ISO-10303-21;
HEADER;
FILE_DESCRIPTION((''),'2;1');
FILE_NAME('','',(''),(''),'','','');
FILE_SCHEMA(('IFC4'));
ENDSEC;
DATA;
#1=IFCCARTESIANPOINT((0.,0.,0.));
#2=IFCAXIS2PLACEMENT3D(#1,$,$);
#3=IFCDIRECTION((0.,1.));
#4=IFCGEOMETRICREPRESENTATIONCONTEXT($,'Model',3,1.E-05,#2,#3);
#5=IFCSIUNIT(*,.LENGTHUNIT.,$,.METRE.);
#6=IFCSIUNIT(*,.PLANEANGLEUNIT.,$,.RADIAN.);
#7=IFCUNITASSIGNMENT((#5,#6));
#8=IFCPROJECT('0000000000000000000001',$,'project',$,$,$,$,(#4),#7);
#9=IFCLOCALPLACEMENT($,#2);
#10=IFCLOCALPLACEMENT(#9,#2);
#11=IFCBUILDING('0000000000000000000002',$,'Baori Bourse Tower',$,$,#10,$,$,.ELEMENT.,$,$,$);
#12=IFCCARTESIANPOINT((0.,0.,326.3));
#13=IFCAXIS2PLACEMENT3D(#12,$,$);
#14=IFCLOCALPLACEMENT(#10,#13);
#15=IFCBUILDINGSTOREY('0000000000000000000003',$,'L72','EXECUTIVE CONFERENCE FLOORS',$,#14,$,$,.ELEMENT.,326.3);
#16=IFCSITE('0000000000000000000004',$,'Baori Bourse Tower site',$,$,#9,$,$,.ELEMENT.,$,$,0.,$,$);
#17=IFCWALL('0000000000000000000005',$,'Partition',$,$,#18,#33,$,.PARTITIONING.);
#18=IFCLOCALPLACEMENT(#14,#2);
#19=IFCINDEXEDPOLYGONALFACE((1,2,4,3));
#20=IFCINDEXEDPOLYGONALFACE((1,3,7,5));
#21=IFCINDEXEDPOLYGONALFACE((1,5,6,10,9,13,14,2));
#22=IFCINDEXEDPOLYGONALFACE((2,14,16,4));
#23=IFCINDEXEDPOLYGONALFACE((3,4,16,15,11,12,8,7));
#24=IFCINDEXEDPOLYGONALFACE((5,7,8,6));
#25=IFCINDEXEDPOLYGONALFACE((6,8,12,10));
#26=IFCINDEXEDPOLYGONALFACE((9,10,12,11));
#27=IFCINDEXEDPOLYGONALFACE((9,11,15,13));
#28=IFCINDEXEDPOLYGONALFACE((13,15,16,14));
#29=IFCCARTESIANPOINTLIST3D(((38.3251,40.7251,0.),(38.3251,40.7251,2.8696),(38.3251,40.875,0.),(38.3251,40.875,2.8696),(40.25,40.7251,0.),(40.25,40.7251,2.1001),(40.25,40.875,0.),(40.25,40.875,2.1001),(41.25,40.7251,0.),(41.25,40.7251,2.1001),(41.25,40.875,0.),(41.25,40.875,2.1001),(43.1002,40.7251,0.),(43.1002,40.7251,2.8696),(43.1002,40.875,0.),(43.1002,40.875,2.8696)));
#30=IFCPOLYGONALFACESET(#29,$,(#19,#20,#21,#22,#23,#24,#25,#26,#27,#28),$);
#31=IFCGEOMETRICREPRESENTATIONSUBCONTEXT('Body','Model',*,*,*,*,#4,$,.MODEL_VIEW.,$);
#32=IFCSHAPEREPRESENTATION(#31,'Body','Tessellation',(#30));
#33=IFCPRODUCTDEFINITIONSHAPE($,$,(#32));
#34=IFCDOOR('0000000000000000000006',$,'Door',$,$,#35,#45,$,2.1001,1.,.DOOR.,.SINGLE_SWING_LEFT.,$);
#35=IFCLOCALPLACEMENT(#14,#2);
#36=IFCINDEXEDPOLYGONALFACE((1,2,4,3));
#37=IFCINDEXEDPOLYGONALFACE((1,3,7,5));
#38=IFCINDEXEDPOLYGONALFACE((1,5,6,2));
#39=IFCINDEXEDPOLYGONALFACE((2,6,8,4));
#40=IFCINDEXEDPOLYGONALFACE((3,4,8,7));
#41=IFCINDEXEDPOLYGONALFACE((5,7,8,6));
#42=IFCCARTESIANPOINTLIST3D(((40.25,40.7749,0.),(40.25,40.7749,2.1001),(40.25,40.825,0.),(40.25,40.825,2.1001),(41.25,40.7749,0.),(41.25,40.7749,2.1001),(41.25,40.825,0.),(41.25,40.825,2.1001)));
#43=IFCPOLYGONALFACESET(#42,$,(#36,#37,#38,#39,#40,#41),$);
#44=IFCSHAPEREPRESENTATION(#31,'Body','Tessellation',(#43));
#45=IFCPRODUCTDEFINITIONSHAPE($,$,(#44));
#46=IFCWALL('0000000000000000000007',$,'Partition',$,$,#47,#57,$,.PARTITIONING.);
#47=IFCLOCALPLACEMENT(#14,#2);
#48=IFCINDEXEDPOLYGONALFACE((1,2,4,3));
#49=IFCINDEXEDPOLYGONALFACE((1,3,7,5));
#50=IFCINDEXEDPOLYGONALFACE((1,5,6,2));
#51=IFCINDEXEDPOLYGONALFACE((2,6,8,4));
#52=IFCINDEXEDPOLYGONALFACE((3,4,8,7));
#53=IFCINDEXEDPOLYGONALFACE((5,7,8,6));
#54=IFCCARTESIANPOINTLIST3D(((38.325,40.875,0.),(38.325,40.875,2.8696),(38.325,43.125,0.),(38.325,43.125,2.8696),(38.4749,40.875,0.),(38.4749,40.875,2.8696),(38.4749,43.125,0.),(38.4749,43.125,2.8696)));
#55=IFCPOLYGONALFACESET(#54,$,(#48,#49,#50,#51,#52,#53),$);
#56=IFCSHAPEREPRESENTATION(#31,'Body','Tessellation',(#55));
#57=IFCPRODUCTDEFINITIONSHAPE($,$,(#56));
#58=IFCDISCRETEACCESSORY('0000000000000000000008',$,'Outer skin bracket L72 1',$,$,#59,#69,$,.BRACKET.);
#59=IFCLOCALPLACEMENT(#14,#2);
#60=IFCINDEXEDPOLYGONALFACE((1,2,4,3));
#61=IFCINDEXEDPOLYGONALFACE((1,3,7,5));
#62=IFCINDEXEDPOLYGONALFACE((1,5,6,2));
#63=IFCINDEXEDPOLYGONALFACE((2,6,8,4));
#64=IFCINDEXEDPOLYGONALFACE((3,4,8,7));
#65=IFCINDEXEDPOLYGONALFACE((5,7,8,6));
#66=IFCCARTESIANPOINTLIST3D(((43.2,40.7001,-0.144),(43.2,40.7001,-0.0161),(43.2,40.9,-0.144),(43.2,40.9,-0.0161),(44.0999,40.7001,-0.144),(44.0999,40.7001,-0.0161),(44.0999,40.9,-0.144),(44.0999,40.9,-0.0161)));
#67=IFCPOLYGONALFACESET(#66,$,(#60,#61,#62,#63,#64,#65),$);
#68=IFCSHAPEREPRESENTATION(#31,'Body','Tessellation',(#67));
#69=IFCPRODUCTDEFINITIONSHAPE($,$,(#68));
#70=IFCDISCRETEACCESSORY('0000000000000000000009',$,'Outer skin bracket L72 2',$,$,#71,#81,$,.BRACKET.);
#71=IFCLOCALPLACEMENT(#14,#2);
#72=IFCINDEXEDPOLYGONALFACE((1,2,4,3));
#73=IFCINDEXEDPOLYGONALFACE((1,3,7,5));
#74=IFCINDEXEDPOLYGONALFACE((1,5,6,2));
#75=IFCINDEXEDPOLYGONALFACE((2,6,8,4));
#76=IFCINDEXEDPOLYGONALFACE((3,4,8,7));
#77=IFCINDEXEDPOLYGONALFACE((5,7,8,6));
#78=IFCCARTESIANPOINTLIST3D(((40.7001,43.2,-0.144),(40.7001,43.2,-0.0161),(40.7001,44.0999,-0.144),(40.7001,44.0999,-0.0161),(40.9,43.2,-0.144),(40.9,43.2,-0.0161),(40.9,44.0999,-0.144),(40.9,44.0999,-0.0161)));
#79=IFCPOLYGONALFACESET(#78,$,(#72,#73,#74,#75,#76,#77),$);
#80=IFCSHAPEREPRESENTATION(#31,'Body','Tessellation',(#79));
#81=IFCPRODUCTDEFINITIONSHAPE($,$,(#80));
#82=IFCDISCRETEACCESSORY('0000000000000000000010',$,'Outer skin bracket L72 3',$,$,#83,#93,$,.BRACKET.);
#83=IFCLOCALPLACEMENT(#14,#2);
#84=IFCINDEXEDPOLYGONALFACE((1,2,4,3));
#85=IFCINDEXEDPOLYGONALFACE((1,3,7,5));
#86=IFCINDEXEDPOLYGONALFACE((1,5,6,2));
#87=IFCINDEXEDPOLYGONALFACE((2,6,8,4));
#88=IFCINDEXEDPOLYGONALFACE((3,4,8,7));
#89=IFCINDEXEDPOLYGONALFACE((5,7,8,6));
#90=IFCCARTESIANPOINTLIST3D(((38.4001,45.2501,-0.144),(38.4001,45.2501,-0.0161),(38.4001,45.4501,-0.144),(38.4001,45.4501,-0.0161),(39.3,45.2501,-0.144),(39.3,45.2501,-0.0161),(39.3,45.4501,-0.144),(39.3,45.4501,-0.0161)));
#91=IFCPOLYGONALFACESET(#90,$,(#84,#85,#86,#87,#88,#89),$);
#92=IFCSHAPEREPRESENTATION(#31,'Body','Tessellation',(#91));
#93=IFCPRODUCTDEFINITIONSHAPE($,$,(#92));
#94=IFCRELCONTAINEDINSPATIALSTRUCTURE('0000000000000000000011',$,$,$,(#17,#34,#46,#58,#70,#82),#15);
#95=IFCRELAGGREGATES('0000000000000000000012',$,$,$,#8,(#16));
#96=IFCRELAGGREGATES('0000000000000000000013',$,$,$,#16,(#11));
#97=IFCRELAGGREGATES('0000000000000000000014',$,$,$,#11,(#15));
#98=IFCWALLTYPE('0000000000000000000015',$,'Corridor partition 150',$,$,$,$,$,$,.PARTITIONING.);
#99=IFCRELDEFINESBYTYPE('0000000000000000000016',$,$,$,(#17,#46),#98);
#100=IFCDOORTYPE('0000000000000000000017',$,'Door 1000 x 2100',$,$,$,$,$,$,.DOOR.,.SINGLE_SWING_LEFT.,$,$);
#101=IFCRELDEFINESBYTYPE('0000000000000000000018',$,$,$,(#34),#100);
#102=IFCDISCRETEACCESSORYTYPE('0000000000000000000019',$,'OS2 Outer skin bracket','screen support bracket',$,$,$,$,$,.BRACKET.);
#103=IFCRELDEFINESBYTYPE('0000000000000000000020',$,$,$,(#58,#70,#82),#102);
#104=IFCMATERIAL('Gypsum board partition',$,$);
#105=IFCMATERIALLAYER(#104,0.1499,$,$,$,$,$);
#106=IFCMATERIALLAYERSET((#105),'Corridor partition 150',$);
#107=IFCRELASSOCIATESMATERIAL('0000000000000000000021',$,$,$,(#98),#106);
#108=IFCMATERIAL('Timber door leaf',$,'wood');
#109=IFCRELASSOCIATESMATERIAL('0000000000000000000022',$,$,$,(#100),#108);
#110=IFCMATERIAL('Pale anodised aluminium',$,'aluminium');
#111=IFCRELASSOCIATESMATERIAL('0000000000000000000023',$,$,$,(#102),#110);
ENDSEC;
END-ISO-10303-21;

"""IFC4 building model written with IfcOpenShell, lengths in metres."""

from ifc_helpers import new_model, si_unit, direction, frame, frame_2d, origin, origin_2d, place, context, subcontext, project, spatial, rectangle, extrude, material, layer, layer_set, type_object, element, fill, save


model = new_model("IFC4")

# Units and contexts
model_context = context("Model", 3, precision=1e-05, world=origin(), true_north=direction((0.0, 1.0)))
body_context = subcontext(model_context, "Body", "Model", "MODEL_VIEW")
ifc_project = project(units=[si_unit("LENGTHUNIT", "METRE"), si_unit("PLANEANGLEUNIT", "RADIAN")], contexts=[model_context])

# Site, building, storey
site_placement = place(None, origin())
site = spatial("IfcSite", under=ifc_project, at=site_placement, Name="Baori Bourse Tower site", CompositionType="ELEMENT", RefElevation=0.0)
building_placement = place(site_placement, origin())
building = spatial("IfcBuilding", under=site, at=building_placement, Name="Baori Bourse Tower", CompositionType="ELEMENT")
storey_placement = place(building_placement, frame((0.0, 0.0, 326.3)))
storey = spatial("IfcBuildingStorey", under=building, at=storey_placement, Name="L72", Description="EXECUTIVE CONFERENCE FLOORS", CompositionType="ELEMENT", Elevation=326.3)

# Wall, opening, door
ifc_material_1 = material(Name="Gypsum board partition")
ifc_layer_1 = layer(ifc_material_1, 0.1499)
ifc_layer_set_1 = layer_set([ifc_layer_1], Name="Corridor partition 150")
wall_type_1 = type_object("IfcWallType", Name="Corridor partition 150", PredefinedType="PARTITIONING", material=ifc_layer_set_1)
wall_1_placement = place(storey_placement, frame((38.325, 40.8, 0.0), z_axis=(0.0, 0.0, 1.0), x_axis=(1.0, 0.0, 0.0)))
wall_1 = element("IfcWall", 1, at=wall_1_placement, inside=storey, type_object=wall_type_1, Name="Partition", PredefinedType="PARTITIONING", context=body_context, shape_type="SweptSolid", body=[
    extrude(rectangle(XDim=4.7751, YDim=0.1499, at=frame_2d((2.3877, 0.0))), origin(), (0.0, 0.0, 1.0), 2.8696),
])
opening_1_placement = place(wall_1_placement, frame((1.925, 0.0, 0.0)))
opening_1 = element("IfcOpeningElement", 2, at=opening_1_placement, cuts=wall_1, PredefinedType="OPENING", context=body_context, shape_type="SweptSolid", body=[
    extrude(rectangle(XDim=1.0, YDim=2.1001, at=frame_2d((0.5, 1.05))), frame((0.0, 0.085, 0.0), z_axis=(0.0, -1.0, 0.0), x_axis=(1.0, 0.0, 0.0)), (0.0, 0.0, 1.0), 0.1699),
])
ifc_material_2 = material(Name="Timber door leaf", Category="wood")
door_type_1 = type_object("IfcDoorType", Name="Door 1000 x 2100", OperationType="SINGLE_SWING_LEFT", PredefinedType="DOOR", material=ifc_material_2)
door_1_placement = place(opening_1_placement, origin())
door_1 = element("IfcDoor", 3, at=door_1_placement, inside=storey, type_object=door_type_1, Name="Door", OperationType="SINGLE_SWING_LEFT", OverallHeight=2.1001, OverallWidth=1.0, PredefinedType="DOOR", context=body_context, shape_type="SweptSolid", body=[
    extrude(rectangle(XDim=1.0, YDim=2.1001, at=frame_2d((0.5, 1.05))), frame((0.0, 0.0249, 0.0), z_axis=(0.0, -1.0, 0.0), x_axis=(1.0, 0.0, 0.0)), (0.0, 0.0, 1.0), 0.05),
])
fill(opening_1, door_1)

# Wall
wall_2_placement = place(storey_placement, frame((38.3999, 40.875, 0.0), z_axis=(0.0, 0.0, 1.0), x_axis=(0.0, 1.0, 0.0)))
element("IfcWall", 4, at=wall_2_placement, inside=storey, type_object=wall_type_1, Name="Partition", PredefinedType="PARTITIONING", context=body_context, shape_type="SweptSolid", body=[
    extrude(rectangle(XDim=2.25, YDim=0.1499, at=frame_2d((1.125, 0.0))), origin(), (0.0, 0.0, 1.0), 2.8696),
])

# Discrete accessories
ifc_material_3 = material(Name="Pale anodised aluminium", Category="aluminium")
discrete_accessory_type = type_object("IfcDiscreteAccessoryType", Name="OS2 Outer skin bracket", Description="screen support bracket", PredefinedType="BRACKET", material=ifc_material_3)
for number, where, z_axis, x_axis, name in (
    (5, (43.6499, 40.8, -0.144), (0.0, 0.0, 1.0), (0.0, 1.0, 0.0), "Outer skin bracket L72 1"),
    (6, (40.8, 43.6499, -0.144), (0.0, 0.0, 1.0), (-1.0, 0.0, 0.0), "Outer skin bracket L72 2"),
    (7, (38.8501, 45.3501, -0.144), (0.0, 0.0, 1.0), (0.0, 1.0, 0.0), "Outer skin bracket L72 3"),
):
    element("IfcDiscreteAccessory", number, at=place(storey_placement, frame(where, z_axis=z_axis, x_axis=x_axis)), inside=storey, type_object=discrete_accessory_type, Name=name, PredefinedType="BRACKET", context=body_context, shape_type="SweptSolid", body=[
        extrude(rectangle(XDim=0.2, YDim=0.8999, at=origin_2d()), origin(), (0.0, 0.0, 1.0), 0.1279),
    ])

save(model, "model.ifc")
